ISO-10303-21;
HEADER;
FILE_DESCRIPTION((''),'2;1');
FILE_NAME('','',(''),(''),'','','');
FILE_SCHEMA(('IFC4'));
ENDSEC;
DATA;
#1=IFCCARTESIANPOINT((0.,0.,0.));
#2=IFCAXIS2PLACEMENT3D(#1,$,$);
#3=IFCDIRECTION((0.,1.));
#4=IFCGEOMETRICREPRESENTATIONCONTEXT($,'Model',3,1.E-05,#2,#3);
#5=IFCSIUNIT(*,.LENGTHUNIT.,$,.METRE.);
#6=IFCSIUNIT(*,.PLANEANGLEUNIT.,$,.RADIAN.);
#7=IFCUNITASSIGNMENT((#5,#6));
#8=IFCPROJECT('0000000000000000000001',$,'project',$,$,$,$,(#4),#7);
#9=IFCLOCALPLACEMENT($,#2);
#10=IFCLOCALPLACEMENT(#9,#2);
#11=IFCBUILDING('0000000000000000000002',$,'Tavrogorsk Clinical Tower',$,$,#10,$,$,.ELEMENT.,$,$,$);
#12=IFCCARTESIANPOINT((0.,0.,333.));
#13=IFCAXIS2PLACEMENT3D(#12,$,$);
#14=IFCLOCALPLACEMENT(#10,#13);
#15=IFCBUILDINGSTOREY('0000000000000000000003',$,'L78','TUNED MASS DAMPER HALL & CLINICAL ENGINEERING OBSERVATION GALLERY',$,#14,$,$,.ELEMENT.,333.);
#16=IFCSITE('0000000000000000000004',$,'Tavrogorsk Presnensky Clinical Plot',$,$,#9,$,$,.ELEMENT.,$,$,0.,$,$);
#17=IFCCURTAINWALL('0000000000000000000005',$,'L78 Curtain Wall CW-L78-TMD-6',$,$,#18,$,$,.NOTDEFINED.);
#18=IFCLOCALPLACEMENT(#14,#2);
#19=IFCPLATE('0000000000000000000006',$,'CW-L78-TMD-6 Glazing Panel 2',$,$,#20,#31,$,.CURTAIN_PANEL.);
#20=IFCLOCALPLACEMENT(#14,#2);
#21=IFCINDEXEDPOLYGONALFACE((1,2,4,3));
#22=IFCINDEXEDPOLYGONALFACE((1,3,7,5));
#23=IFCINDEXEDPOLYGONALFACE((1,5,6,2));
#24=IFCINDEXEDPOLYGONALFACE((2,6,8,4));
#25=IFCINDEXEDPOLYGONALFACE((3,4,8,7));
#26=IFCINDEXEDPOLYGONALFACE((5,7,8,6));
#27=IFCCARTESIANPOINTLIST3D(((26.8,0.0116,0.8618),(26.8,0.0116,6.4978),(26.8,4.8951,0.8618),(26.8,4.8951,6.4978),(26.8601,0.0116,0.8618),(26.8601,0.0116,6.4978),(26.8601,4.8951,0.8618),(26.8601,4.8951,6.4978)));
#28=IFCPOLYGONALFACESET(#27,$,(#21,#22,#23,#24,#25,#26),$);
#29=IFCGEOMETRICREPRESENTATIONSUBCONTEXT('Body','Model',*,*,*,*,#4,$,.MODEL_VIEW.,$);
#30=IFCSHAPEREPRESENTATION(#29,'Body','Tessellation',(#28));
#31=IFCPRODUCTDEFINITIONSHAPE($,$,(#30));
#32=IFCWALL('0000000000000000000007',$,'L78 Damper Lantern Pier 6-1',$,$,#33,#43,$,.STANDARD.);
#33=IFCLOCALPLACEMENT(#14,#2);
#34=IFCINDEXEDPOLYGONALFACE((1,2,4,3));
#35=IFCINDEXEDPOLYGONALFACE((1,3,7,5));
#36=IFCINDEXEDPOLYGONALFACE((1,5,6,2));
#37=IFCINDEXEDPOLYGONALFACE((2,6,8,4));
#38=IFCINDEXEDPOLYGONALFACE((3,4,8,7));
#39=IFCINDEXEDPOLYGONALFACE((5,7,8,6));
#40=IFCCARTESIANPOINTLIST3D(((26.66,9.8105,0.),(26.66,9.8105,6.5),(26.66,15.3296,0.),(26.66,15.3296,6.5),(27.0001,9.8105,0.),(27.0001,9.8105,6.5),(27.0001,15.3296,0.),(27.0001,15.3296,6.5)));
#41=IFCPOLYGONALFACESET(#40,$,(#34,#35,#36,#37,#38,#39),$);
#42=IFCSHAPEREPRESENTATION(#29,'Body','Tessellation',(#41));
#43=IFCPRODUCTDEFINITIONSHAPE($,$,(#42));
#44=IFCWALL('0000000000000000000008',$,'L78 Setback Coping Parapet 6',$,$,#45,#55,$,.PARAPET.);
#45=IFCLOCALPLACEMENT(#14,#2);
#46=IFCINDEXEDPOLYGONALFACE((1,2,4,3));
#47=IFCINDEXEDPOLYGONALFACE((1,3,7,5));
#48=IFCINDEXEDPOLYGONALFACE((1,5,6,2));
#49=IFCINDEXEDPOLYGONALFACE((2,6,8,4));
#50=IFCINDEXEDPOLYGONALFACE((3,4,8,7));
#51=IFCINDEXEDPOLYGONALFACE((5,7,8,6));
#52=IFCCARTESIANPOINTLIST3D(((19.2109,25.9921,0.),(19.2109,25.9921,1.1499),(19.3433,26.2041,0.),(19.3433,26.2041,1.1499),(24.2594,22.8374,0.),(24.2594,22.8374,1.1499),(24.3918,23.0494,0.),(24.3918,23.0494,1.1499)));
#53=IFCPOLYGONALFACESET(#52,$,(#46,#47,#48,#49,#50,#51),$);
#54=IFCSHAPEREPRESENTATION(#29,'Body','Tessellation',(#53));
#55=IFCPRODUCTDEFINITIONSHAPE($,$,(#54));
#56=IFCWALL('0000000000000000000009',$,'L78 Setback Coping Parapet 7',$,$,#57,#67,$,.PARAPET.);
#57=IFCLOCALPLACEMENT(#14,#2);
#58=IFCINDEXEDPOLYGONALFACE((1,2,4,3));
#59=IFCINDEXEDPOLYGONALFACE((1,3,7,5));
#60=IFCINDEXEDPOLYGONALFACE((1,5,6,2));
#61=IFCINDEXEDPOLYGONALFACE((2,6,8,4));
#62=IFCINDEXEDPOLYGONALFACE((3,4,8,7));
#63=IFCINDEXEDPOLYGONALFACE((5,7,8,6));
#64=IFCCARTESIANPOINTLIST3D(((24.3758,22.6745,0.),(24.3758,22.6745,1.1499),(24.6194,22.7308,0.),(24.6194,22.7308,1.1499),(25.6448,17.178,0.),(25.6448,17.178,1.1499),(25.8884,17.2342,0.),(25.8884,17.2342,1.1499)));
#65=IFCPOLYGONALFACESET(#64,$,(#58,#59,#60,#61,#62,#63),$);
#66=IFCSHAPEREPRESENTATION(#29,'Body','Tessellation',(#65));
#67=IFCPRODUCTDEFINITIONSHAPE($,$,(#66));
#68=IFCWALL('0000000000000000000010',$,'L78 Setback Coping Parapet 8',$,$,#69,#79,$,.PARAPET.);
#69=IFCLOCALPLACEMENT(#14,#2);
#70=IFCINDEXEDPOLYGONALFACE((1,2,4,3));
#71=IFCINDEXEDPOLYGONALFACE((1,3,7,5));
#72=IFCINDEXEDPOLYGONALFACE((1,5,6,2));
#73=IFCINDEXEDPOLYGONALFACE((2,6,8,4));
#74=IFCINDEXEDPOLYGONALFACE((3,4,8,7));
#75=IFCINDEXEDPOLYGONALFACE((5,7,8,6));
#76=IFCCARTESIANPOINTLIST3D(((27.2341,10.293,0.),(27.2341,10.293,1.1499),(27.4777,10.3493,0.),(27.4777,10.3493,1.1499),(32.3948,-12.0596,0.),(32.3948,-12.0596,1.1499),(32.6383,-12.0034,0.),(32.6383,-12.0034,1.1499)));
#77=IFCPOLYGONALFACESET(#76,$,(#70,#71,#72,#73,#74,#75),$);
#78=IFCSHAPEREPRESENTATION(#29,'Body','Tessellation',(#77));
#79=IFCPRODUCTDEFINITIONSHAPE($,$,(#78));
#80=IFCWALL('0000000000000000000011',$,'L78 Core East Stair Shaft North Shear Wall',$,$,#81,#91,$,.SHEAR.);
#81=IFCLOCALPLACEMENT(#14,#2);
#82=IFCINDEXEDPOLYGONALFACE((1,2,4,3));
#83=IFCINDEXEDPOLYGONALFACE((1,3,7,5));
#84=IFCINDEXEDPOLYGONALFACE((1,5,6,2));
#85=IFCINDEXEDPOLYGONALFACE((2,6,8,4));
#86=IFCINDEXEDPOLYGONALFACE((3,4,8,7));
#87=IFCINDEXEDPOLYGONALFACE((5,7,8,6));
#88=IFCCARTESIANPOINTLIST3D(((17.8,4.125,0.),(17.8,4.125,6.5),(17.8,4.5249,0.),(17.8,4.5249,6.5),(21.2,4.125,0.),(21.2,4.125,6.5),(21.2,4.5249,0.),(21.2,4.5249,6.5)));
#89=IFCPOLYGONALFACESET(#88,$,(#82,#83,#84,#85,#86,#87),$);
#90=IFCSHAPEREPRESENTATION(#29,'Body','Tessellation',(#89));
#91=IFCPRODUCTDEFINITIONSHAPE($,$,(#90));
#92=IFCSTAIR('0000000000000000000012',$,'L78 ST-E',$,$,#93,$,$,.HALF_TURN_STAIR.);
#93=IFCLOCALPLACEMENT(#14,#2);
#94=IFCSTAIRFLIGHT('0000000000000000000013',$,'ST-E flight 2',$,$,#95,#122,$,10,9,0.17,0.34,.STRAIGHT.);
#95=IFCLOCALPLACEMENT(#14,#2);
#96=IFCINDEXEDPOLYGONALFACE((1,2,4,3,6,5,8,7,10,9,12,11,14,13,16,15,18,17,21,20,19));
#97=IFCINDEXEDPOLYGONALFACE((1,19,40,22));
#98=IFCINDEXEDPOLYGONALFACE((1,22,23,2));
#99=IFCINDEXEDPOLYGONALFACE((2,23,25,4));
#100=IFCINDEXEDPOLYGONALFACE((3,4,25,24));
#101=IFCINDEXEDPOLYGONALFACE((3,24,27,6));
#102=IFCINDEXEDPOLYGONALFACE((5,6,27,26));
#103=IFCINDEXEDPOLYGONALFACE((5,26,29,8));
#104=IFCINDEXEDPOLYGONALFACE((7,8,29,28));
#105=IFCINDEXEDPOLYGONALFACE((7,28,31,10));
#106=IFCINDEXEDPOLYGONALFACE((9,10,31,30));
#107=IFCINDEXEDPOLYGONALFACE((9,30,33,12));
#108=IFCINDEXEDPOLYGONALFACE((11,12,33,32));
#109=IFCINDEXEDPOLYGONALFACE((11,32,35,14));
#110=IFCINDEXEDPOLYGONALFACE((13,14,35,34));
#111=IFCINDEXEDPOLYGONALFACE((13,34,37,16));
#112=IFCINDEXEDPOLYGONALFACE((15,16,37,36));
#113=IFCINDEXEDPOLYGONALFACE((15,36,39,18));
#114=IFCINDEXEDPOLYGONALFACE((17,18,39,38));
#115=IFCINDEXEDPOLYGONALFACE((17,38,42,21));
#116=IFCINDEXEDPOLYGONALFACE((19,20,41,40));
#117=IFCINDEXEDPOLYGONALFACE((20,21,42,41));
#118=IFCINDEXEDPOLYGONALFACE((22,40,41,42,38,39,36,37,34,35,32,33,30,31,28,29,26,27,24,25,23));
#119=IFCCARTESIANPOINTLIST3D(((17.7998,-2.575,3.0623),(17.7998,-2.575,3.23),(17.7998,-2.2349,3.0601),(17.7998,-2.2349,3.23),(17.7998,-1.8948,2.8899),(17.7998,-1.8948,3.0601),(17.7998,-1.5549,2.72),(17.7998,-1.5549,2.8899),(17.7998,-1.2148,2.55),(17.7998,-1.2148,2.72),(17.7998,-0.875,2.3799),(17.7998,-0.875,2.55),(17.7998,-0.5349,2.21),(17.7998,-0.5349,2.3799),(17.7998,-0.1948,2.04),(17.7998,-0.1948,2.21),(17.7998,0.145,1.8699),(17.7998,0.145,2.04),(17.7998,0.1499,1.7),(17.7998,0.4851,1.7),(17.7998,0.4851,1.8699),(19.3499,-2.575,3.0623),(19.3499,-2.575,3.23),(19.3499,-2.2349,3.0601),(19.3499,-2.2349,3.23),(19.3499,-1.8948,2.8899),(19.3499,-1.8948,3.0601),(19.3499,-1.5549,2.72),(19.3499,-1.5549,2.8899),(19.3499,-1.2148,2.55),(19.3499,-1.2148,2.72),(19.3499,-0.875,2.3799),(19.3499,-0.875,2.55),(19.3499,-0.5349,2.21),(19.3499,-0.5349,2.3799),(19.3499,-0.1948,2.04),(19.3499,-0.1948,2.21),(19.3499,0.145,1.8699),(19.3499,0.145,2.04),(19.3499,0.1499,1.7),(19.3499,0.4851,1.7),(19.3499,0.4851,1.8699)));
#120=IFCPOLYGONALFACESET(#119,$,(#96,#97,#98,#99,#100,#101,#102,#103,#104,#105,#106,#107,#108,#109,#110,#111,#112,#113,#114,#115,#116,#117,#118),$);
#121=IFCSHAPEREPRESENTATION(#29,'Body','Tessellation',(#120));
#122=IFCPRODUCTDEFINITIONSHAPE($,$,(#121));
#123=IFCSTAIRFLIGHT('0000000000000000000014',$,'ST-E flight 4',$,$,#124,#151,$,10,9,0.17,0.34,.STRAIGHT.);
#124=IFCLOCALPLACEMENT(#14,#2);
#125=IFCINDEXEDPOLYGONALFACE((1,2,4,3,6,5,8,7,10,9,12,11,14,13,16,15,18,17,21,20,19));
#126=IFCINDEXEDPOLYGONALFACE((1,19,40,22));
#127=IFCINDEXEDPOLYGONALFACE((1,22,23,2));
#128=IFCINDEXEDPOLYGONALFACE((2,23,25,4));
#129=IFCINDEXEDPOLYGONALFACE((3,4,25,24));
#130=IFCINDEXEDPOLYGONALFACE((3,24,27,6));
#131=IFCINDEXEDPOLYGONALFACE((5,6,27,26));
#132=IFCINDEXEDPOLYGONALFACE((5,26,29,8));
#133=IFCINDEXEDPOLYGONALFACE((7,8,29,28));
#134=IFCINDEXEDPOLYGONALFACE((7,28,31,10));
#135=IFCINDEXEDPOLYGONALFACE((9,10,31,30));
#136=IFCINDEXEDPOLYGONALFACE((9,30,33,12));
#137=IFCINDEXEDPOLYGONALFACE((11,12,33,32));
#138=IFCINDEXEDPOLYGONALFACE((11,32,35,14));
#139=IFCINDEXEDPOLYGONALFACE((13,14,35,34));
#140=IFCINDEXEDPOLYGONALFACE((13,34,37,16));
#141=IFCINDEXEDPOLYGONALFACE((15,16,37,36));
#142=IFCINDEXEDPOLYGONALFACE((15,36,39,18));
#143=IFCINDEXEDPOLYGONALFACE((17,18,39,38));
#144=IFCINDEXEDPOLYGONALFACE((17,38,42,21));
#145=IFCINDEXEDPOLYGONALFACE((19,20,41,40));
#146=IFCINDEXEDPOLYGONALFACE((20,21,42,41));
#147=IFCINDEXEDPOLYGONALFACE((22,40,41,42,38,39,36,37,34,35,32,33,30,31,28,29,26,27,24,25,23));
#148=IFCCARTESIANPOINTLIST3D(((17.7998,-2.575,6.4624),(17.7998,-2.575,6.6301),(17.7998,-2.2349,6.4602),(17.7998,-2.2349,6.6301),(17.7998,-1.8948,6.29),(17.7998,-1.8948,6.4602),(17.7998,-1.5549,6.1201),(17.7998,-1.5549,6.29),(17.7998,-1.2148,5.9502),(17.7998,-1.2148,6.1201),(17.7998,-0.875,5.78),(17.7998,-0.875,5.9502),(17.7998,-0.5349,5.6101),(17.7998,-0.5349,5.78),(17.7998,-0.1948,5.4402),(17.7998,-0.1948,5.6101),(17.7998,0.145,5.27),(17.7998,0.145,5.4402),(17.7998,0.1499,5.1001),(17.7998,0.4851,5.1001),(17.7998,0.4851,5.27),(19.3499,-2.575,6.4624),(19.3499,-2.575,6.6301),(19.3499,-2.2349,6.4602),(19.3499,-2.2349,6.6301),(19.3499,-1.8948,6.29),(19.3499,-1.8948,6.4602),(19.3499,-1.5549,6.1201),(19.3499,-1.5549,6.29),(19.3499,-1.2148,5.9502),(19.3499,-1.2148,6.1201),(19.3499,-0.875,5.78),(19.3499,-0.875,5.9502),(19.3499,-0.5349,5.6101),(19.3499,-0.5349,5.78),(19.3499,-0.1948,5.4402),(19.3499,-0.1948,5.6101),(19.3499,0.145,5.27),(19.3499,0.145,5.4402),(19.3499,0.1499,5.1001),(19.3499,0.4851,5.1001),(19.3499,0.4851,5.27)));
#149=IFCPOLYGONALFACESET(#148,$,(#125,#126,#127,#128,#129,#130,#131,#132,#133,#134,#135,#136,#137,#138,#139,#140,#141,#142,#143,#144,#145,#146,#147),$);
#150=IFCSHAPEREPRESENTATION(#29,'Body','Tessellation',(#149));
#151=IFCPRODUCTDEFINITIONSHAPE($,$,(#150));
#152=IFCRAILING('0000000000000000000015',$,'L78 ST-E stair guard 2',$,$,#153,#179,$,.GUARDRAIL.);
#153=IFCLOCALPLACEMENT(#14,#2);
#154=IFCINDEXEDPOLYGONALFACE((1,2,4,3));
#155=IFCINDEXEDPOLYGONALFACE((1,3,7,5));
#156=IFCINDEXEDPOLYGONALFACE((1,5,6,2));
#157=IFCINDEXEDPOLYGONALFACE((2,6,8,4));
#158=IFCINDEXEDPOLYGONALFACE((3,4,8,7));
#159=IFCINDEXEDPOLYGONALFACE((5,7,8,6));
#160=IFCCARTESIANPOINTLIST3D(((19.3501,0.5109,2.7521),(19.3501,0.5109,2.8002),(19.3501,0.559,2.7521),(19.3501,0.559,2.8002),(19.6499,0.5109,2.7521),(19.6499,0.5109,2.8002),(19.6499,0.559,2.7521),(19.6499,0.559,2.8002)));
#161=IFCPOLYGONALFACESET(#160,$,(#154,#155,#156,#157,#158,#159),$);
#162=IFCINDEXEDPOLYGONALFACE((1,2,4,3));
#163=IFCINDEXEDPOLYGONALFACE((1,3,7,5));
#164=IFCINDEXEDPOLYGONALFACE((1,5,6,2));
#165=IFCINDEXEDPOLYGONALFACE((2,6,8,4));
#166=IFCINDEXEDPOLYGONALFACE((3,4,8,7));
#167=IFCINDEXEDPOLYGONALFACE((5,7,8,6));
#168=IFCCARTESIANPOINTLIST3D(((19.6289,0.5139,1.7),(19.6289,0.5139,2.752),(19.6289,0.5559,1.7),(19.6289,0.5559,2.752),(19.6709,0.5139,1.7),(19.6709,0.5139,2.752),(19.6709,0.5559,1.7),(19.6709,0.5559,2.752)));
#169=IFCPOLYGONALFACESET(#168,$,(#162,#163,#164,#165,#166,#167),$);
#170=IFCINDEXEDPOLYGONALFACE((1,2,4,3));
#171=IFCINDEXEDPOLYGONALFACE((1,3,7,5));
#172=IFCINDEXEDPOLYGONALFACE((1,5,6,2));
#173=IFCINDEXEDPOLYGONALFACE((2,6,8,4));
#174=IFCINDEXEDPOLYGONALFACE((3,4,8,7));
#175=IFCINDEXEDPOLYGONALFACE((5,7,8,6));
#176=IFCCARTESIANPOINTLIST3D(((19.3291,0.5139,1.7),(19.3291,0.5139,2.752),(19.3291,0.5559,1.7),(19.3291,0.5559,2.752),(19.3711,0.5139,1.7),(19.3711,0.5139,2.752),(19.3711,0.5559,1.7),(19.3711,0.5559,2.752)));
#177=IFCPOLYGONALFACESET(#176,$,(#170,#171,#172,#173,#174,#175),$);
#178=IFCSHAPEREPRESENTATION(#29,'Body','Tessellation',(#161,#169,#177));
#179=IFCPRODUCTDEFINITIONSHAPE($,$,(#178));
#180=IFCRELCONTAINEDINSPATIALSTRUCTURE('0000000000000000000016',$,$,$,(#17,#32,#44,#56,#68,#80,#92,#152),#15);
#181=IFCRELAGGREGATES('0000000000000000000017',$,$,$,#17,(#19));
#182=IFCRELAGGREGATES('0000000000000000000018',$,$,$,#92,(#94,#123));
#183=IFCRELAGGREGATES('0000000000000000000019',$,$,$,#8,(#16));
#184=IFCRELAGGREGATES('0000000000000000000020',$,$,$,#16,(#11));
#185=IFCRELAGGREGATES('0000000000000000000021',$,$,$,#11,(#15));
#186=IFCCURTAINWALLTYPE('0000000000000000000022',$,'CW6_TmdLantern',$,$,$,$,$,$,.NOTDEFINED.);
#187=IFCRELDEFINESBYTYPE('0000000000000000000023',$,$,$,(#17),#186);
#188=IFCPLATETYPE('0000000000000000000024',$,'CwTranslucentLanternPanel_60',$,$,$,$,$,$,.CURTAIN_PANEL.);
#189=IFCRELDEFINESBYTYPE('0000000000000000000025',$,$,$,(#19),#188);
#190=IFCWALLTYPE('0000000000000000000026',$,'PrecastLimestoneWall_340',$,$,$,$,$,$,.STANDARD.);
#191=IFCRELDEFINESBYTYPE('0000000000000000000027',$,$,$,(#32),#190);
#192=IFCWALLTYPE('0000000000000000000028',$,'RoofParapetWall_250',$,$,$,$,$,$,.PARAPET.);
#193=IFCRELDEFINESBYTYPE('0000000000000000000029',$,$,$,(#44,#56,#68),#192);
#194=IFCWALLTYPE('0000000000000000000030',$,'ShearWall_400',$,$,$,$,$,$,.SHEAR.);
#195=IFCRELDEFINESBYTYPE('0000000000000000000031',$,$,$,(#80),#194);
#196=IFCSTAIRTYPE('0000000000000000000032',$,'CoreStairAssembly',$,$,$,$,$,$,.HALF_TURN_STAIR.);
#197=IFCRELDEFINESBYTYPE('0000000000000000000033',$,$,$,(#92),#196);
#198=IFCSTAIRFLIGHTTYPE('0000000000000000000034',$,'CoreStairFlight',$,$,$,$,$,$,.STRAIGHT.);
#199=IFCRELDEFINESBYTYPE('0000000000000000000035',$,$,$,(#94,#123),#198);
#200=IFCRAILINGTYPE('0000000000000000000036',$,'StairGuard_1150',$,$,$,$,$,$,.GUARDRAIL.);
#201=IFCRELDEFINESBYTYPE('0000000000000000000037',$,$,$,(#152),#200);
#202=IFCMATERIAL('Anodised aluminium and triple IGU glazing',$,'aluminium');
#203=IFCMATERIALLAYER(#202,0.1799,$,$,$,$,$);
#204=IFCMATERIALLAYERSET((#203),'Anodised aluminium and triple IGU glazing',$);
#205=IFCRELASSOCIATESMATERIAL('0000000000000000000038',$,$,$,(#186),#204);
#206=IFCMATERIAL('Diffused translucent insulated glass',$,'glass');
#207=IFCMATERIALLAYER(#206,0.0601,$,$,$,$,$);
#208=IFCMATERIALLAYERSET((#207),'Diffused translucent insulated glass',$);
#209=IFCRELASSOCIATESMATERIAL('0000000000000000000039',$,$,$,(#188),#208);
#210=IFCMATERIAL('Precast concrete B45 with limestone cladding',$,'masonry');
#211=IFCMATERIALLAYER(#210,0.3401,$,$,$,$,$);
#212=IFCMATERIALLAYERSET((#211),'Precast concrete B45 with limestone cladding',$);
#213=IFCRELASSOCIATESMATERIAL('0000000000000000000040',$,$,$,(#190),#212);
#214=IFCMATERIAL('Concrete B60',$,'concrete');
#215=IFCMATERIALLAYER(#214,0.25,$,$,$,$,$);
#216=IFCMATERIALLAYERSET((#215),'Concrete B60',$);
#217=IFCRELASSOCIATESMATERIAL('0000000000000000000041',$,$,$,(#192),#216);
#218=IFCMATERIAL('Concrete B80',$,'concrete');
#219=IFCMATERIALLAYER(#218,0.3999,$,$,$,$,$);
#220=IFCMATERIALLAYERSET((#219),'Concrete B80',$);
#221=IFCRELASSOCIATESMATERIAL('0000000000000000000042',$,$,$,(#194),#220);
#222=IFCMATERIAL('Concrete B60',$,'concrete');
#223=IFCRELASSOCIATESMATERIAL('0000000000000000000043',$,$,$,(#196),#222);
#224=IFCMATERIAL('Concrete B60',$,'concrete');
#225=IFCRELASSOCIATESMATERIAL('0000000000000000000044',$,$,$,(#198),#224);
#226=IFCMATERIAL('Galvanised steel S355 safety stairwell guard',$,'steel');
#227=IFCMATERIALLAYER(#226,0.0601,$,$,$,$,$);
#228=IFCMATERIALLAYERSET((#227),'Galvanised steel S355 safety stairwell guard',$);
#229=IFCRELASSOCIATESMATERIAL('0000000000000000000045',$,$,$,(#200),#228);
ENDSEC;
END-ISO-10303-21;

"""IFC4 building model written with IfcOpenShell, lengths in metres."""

from ifc_helpers import new_model, si_unit, direction, frame, frame_2d, origin, origin_2d, place, context, subcontext, project, spatial, polyline, rectangle, outline, extrude, material, layer, layer_set, type_object, element, aggregate, save


model = new_model("IFC4")

# Units and contexts
model_context = context("Model", 3, precision=1e-05, world=origin(), true_north=direction((0.0, 1.0)))
body_context = subcontext(model_context, "Body", "Model", "MODEL_VIEW")
ifc_project = project(units=[si_unit("LENGTHUNIT", "METRE"), si_unit("PLANEANGLEUNIT", "RADIAN")], contexts=[model_context])

# Site, building, storey
site_placement = place(None, origin())
site = spatial("IfcSite", under=ifc_project, at=site_placement, Name="Tavrogorsk Presnensky Clinical Plot", CompositionType="ELEMENT", RefElevation=0.0)
building_placement = place(site_placement, origin())
building = spatial("IfcBuilding", under=site, at=building_placement, Name="Tavrogorsk Clinical Tower", CompositionType="ELEMENT")
storey_placement = place(building_placement, frame((0.0, 0.0, 333.0)))
storey = spatial("IfcBuildingStorey", under=building, at=storey_placement, Name="L78", Description="TUNED MASS DAMPER HALL & CLINICAL ENGINEERING OBSERVATION GALLERY", CompositionType="ELEMENT", Elevation=333.0)

# Curtain wall
ifc_material_1 = material(Name="Anodised aluminium and triple IGU glazing", Category="aluminium")
ifc_layer_1 = layer(ifc_material_1, 0.1799)
ifc_layer_set_1 = layer_set([ifc_layer_1], Name="Anodised aluminium and triple IGU glazing")
curtain_wall_type = type_object("IfcCurtainWallType", Name="CW6_TmdLantern", PredefinedType="NOTDEFINED", material=ifc_layer_set_1)
curtain_wall_1_placement = place(storey_placement, origin())
curtain_wall_1 = element("IfcCurtainWall", 1, at=curtain_wall_1_placement, inside=storey, type_object=curtain_wall_type, Name="L78 Curtain Wall CW-L78-TMD-6", PredefinedType="NOTDEFINED")

# Plate
ifc_material_2 = material(Name="Diffused translucent insulated glass", Category="glass")
ifc_layer_2 = layer(ifc_material_2, 0.0601)
ifc_layer_set_2 = layer_set([ifc_layer_2], Name="Diffused translucent insulated glass")
plate_type_1 = type_object("IfcPlateType", Name="CwTranslucentLanternPanel_60", PredefinedType="CURTAIN_PANEL", material=ifc_layer_set_2)
plate_1_placement = place(storey_placement, frame((26.8301, 2.4534, 0.8618), z_axis=(0.0, 0.0, 1.0), x_axis=(0.0, -1.0, 0.0)))
plate_1 = element("IfcPlate", 2, at=plate_1_placement, type_object=plate_type_1, Name="CW-L78-TMD-6 Glazing Panel 2", PredefinedType="CURTAIN_PANEL", context=body_context, shape_type="SweptSolid", body=[
    extrude(rectangle(XDim=4.8835, YDim=0.0601, at=origin_2d()), origin(), (0.0, 0.0, 1.0), 5.636),
])
aggregate(curtain_wall_1, [plate_1])

# Walls
ifc_material_3 = material(Name="Precast concrete B45 with limestone cladding", Category="masonry")
ifc_layer_3 = layer(ifc_material_3, 0.3401)
ifc_layer_set_3 = layer_set([ifc_layer_3], Name="Precast concrete B45 with limestone cladding")
wall_type_1 = type_object("IfcWallType", Name="PrecastLimestoneWall_340", PredefinedType="STANDARD", material=ifc_layer_set_3)
wall_1_placement = place(storey_placement, frame((26.8301, 15.3296, 0.0), z_axis=(0.0, 0.0, 1.0), x_axis=(0.0, -1.0, 0.0)))
element("IfcWall", 3, at=wall_1_placement, inside=storey, type_object=wall_type_1, Name="L78 Damper Lantern Pier 6-1", PredefinedType="STANDARD", context=body_context, shape_type="SweptSolid", body=[
    extrude(rectangle(XDim=5.519, YDim=0.3401, at=frame_2d((2.7595, 0.0))), origin(), (0.0, 0.0, 1.0), 6.5),
])
ifc_material_4 = material(Name="Concrete B60", Category="concrete")
ifc_layer_4 = layer(ifc_material_4, 0.25)
ifc_layer_set_4 = layer_set([ifc_layer_4], Name="Concrete B60")
wall_type_2 = type_object("IfcWallType", Name="RoofParapetWall_250", PredefinedType="PARAPET", material=ifc_layer_set_4)
wall_2_placement = place(storey_placement, frame((19.2771, 26.0981, 0.0), z_axis=(0.0, 0.0, 1.0), x_axis=(0.848042, -0.529929, 0.0)))
element("IfcWall", 4, at=wall_2_placement, inside=storey, type_object=wall_type_2, Name="L78 Setback Coping Parapet 6", PredefinedType="PARAPET", context=body_context, shape_type="SweptSolid", body=[
    extrude(rectangle(XDim=5.9531, YDim=0.25, at=frame_2d((2.9766, 0.0))), origin(), (0.0, 0.0, 1.0), 1.1499),
])
wall_3_placement = place(storey_placement, frame((24.4976, 22.7026, 0.0), z_axis=(0.0, 0.0, 1.0), x_axis=(0.224961, -0.974368, 0.0)))
element("IfcWall", 5, at=wall_3_placement, inside=storey, type_object=wall_type_2, Name="L78 Setback Coping Parapet 7", PredefinedType="PARAPET", context=body_context, shape_type="SweptSolid", body=[
    extrude(rectangle(XDim=5.6411, YDim=0.25, at=frame_2d((2.8206, 0.0))), origin(), (0.0, 0.0, 1.0), 1.1499),
])
wall_4_placement = place(storey_placement, frame((27.356, 10.321, 0.0), z_axis=(0.0, 0.0, 1.0), x_axis=(0.224955, -0.974369, 0.0)))
element("IfcWall", 6, at=wall_4_placement, inside=storey, type_object=wall_type_2, Name="L78 Setback Coping Parapet 8", PredefinedType="PARAPET", context=body_context, shape_type="SweptSolid", body=[
    extrude(rectangle(XDim=22.9407, YDim=0.25, at=frame_2d((11.4702, 0.0))), origin(), (0.0, 0.0, 1.0), 1.1499),
])
ifc_material_5 = material(Name="Concrete B80", Category="concrete")
ifc_layer_5 = layer(ifc_material_5, 0.3999)
ifc_layer_set_5 = layer_set([ifc_layer_5], Name="Concrete B80")
wall_type_3 = type_object("IfcWallType", Name="ShearWall_400", PredefinedType="SHEAR", material=ifc_layer_set_5)
wall_5_placement = place(storey_placement, frame((17.8, 4.325, 0.0), z_axis=(0.0, 0.0, 1.0), x_axis=(1.0, 0.0, 0.0)))
element("IfcWall", 7, at=wall_5_placement, inside=storey, type_object=wall_type_3, Name="L78 Core East Stair Shaft North Shear Wall", PredefinedType="SHEAR", context=body_context, shape_type="SweptSolid", body=[
    extrude(rectangle(XDim=3.3999, YDim=0.3999, at=frame_2d((1.7, 0.0))), origin(), (0.0, 0.0, 1.0), 6.5),
])

# Stair, stair flights
ifc_material_6 = material(Name="Concrete B60", Category="concrete")
stair_type = type_object("IfcStairType", Name="CoreStairAssembly", PredefinedType="HALF_TURN_STAIR", material=ifc_material_6)
stair_placement = place(storey_placement, origin())
stair = element("IfcStair", 8, at=stair_placement, inside=storey, type_object=stair_type, Name="L78 ST-E", PredefinedType="HALF_TURN_STAIR")
ifc_material_7 = material(Name="Concrete B60", Category="concrete")
stair_flight_type = type_object("IfcStairFlightType", Name="CoreStairFlight", PredefinedType="STRAIGHT", material=ifc_material_7)
stair_flight_1_placement = place(storey_placement, frame((18.575, 0.4851, 1.7), z_axis=(0.0, 0.0, 1.0), x_axis=(0.0, -1.0, 0.0)))
stair_flight_1 = element("IfcStairFlight", 9, at=stair_flight_1_placement, type_object=stair_flight_type, Name="ST-E flight 2", NumberOfRisers=10, NumberOfTreads=9, PredefinedType="STRAIGHT", RiserHeight=0.17, TreadLength=0.34, context=body_context, shape_type="SweptSolid", body=[
    extrude(outline(polyline([(0.0, 0.0), (0.0, 0.1699), (0.3401, 0.1699), (0.3401, 0.3401), (0.6799, 0.3401), (0.6799, 0.51), (1.02, 0.51), (1.02, 0.6799), (1.3601, 0.6799), (1.3601, 0.8501), (1.7, 0.8501), (1.7, 1.02), (2.04, 1.02), (2.04, 1.1899), (2.3799, 1.1899), (2.3799, 1.3601), (2.72, 1.3601), (2.72, 1.53), (3.0601, 1.53), (3.0601, 1.7), (3.0601, 1.3623), (0.3352, 0.0), (0.0, 0.0)])), frame((0.0, 0.7749, 0.0), z_axis=(0.0, -1.0, 0.0), x_axis=(1.0, 0.0, 0.0)), (0.0, 0.0, 1.0), 1.55),
])
stair_flight_2_placement = place(storey_placement, frame((18.575, 0.4851, 5.1001), z_axis=(0.0, 0.0, 1.0), x_axis=(0.0, -1.0, 0.0)))
stair_flight_2 = element("IfcStairFlight", 10, at=stair_flight_2_placement, type_object=stair_flight_type, Name="ST-E flight 4", NumberOfRisers=10, NumberOfTreads=9, PredefinedType="STRAIGHT", RiserHeight=0.17, TreadLength=0.34, context=body_context, shape_type="SweptSolid", body=[
    extrude(outline(polyline([(0.0, 0.0), (0.0, 0.1699), (0.3401, 0.1699), (0.3401, 0.3401), (0.6799, 0.3401), (0.6799, 0.51), (1.02, 0.51), (1.02, 0.6799), (1.3601, 0.6799), (1.3601, 0.8501), (1.7, 0.8501), (1.7, 1.02), (2.04, 1.02), (2.04, 1.1899), (2.3799, 1.1899), (2.3799, 1.3601), (2.72, 1.3601), (2.72, 1.53), (3.0601, 1.53), (3.0601, 1.7), (3.0601, 1.3623), (0.3352, 0.0), (0.0, 0.0)])), frame((0.0, 0.7749, 0.0), z_axis=(0.0, -1.0, 0.0), x_axis=(1.0, 0.0, 0.0)), (0.0, 0.0, 1.0), 1.55),
])
aggregate(stair, [stair_flight_1, stair_flight_2])

# Railing
ifc_material_8 = material(Name="Galvanised steel S355 safety stairwell guard", Category="steel")
ifc_layer_6 = layer(ifc_material_8, 0.0601)
ifc_layer_set_6 = layer_set([ifc_layer_6], Name="Galvanised steel S355 safety stairwell guard")
railing_type_1 = type_object("IfcRailingType", Name="StairGuard_1150", PredefinedType="GUARDRAIL", material=ifc_layer_set_6)
railing_1_placement = place(storey_placement, frame((19.6499, 0.5349, 1.7)))
element("IfcRailing", 11, at=railing_1_placement, inside=storey, type_object=railing_type_1, Name="L78 ST-E stair guard 2", PredefinedType="GUARDRAIL", context=body_context, shape_type="SweptSolid", body=[
    extrude(rectangle(XDim=0.0481, YDim=0.0481, at=origin_2d()), frame((0.0, 0.0, 1.0762), z_axis=(-1.0, 0.0, 0.0), x_axis=(0.0, -1.0, 0.0)), (0.0, 0.0, 1.0), 0.2998),
    extrude(rectangle(XDim=0.042, YDim=0.042, at=origin_2d()), origin(), (0.0, 0.0, 1.0), 1.052),
    extrude(rectangle(XDim=0.042, YDim=0.042, at=origin_2d()), frame((-0.2998, 0.0, 0.0)), (0.0, 0.0, 1.0), 1.052),
])

save(model, "model.ifc")
